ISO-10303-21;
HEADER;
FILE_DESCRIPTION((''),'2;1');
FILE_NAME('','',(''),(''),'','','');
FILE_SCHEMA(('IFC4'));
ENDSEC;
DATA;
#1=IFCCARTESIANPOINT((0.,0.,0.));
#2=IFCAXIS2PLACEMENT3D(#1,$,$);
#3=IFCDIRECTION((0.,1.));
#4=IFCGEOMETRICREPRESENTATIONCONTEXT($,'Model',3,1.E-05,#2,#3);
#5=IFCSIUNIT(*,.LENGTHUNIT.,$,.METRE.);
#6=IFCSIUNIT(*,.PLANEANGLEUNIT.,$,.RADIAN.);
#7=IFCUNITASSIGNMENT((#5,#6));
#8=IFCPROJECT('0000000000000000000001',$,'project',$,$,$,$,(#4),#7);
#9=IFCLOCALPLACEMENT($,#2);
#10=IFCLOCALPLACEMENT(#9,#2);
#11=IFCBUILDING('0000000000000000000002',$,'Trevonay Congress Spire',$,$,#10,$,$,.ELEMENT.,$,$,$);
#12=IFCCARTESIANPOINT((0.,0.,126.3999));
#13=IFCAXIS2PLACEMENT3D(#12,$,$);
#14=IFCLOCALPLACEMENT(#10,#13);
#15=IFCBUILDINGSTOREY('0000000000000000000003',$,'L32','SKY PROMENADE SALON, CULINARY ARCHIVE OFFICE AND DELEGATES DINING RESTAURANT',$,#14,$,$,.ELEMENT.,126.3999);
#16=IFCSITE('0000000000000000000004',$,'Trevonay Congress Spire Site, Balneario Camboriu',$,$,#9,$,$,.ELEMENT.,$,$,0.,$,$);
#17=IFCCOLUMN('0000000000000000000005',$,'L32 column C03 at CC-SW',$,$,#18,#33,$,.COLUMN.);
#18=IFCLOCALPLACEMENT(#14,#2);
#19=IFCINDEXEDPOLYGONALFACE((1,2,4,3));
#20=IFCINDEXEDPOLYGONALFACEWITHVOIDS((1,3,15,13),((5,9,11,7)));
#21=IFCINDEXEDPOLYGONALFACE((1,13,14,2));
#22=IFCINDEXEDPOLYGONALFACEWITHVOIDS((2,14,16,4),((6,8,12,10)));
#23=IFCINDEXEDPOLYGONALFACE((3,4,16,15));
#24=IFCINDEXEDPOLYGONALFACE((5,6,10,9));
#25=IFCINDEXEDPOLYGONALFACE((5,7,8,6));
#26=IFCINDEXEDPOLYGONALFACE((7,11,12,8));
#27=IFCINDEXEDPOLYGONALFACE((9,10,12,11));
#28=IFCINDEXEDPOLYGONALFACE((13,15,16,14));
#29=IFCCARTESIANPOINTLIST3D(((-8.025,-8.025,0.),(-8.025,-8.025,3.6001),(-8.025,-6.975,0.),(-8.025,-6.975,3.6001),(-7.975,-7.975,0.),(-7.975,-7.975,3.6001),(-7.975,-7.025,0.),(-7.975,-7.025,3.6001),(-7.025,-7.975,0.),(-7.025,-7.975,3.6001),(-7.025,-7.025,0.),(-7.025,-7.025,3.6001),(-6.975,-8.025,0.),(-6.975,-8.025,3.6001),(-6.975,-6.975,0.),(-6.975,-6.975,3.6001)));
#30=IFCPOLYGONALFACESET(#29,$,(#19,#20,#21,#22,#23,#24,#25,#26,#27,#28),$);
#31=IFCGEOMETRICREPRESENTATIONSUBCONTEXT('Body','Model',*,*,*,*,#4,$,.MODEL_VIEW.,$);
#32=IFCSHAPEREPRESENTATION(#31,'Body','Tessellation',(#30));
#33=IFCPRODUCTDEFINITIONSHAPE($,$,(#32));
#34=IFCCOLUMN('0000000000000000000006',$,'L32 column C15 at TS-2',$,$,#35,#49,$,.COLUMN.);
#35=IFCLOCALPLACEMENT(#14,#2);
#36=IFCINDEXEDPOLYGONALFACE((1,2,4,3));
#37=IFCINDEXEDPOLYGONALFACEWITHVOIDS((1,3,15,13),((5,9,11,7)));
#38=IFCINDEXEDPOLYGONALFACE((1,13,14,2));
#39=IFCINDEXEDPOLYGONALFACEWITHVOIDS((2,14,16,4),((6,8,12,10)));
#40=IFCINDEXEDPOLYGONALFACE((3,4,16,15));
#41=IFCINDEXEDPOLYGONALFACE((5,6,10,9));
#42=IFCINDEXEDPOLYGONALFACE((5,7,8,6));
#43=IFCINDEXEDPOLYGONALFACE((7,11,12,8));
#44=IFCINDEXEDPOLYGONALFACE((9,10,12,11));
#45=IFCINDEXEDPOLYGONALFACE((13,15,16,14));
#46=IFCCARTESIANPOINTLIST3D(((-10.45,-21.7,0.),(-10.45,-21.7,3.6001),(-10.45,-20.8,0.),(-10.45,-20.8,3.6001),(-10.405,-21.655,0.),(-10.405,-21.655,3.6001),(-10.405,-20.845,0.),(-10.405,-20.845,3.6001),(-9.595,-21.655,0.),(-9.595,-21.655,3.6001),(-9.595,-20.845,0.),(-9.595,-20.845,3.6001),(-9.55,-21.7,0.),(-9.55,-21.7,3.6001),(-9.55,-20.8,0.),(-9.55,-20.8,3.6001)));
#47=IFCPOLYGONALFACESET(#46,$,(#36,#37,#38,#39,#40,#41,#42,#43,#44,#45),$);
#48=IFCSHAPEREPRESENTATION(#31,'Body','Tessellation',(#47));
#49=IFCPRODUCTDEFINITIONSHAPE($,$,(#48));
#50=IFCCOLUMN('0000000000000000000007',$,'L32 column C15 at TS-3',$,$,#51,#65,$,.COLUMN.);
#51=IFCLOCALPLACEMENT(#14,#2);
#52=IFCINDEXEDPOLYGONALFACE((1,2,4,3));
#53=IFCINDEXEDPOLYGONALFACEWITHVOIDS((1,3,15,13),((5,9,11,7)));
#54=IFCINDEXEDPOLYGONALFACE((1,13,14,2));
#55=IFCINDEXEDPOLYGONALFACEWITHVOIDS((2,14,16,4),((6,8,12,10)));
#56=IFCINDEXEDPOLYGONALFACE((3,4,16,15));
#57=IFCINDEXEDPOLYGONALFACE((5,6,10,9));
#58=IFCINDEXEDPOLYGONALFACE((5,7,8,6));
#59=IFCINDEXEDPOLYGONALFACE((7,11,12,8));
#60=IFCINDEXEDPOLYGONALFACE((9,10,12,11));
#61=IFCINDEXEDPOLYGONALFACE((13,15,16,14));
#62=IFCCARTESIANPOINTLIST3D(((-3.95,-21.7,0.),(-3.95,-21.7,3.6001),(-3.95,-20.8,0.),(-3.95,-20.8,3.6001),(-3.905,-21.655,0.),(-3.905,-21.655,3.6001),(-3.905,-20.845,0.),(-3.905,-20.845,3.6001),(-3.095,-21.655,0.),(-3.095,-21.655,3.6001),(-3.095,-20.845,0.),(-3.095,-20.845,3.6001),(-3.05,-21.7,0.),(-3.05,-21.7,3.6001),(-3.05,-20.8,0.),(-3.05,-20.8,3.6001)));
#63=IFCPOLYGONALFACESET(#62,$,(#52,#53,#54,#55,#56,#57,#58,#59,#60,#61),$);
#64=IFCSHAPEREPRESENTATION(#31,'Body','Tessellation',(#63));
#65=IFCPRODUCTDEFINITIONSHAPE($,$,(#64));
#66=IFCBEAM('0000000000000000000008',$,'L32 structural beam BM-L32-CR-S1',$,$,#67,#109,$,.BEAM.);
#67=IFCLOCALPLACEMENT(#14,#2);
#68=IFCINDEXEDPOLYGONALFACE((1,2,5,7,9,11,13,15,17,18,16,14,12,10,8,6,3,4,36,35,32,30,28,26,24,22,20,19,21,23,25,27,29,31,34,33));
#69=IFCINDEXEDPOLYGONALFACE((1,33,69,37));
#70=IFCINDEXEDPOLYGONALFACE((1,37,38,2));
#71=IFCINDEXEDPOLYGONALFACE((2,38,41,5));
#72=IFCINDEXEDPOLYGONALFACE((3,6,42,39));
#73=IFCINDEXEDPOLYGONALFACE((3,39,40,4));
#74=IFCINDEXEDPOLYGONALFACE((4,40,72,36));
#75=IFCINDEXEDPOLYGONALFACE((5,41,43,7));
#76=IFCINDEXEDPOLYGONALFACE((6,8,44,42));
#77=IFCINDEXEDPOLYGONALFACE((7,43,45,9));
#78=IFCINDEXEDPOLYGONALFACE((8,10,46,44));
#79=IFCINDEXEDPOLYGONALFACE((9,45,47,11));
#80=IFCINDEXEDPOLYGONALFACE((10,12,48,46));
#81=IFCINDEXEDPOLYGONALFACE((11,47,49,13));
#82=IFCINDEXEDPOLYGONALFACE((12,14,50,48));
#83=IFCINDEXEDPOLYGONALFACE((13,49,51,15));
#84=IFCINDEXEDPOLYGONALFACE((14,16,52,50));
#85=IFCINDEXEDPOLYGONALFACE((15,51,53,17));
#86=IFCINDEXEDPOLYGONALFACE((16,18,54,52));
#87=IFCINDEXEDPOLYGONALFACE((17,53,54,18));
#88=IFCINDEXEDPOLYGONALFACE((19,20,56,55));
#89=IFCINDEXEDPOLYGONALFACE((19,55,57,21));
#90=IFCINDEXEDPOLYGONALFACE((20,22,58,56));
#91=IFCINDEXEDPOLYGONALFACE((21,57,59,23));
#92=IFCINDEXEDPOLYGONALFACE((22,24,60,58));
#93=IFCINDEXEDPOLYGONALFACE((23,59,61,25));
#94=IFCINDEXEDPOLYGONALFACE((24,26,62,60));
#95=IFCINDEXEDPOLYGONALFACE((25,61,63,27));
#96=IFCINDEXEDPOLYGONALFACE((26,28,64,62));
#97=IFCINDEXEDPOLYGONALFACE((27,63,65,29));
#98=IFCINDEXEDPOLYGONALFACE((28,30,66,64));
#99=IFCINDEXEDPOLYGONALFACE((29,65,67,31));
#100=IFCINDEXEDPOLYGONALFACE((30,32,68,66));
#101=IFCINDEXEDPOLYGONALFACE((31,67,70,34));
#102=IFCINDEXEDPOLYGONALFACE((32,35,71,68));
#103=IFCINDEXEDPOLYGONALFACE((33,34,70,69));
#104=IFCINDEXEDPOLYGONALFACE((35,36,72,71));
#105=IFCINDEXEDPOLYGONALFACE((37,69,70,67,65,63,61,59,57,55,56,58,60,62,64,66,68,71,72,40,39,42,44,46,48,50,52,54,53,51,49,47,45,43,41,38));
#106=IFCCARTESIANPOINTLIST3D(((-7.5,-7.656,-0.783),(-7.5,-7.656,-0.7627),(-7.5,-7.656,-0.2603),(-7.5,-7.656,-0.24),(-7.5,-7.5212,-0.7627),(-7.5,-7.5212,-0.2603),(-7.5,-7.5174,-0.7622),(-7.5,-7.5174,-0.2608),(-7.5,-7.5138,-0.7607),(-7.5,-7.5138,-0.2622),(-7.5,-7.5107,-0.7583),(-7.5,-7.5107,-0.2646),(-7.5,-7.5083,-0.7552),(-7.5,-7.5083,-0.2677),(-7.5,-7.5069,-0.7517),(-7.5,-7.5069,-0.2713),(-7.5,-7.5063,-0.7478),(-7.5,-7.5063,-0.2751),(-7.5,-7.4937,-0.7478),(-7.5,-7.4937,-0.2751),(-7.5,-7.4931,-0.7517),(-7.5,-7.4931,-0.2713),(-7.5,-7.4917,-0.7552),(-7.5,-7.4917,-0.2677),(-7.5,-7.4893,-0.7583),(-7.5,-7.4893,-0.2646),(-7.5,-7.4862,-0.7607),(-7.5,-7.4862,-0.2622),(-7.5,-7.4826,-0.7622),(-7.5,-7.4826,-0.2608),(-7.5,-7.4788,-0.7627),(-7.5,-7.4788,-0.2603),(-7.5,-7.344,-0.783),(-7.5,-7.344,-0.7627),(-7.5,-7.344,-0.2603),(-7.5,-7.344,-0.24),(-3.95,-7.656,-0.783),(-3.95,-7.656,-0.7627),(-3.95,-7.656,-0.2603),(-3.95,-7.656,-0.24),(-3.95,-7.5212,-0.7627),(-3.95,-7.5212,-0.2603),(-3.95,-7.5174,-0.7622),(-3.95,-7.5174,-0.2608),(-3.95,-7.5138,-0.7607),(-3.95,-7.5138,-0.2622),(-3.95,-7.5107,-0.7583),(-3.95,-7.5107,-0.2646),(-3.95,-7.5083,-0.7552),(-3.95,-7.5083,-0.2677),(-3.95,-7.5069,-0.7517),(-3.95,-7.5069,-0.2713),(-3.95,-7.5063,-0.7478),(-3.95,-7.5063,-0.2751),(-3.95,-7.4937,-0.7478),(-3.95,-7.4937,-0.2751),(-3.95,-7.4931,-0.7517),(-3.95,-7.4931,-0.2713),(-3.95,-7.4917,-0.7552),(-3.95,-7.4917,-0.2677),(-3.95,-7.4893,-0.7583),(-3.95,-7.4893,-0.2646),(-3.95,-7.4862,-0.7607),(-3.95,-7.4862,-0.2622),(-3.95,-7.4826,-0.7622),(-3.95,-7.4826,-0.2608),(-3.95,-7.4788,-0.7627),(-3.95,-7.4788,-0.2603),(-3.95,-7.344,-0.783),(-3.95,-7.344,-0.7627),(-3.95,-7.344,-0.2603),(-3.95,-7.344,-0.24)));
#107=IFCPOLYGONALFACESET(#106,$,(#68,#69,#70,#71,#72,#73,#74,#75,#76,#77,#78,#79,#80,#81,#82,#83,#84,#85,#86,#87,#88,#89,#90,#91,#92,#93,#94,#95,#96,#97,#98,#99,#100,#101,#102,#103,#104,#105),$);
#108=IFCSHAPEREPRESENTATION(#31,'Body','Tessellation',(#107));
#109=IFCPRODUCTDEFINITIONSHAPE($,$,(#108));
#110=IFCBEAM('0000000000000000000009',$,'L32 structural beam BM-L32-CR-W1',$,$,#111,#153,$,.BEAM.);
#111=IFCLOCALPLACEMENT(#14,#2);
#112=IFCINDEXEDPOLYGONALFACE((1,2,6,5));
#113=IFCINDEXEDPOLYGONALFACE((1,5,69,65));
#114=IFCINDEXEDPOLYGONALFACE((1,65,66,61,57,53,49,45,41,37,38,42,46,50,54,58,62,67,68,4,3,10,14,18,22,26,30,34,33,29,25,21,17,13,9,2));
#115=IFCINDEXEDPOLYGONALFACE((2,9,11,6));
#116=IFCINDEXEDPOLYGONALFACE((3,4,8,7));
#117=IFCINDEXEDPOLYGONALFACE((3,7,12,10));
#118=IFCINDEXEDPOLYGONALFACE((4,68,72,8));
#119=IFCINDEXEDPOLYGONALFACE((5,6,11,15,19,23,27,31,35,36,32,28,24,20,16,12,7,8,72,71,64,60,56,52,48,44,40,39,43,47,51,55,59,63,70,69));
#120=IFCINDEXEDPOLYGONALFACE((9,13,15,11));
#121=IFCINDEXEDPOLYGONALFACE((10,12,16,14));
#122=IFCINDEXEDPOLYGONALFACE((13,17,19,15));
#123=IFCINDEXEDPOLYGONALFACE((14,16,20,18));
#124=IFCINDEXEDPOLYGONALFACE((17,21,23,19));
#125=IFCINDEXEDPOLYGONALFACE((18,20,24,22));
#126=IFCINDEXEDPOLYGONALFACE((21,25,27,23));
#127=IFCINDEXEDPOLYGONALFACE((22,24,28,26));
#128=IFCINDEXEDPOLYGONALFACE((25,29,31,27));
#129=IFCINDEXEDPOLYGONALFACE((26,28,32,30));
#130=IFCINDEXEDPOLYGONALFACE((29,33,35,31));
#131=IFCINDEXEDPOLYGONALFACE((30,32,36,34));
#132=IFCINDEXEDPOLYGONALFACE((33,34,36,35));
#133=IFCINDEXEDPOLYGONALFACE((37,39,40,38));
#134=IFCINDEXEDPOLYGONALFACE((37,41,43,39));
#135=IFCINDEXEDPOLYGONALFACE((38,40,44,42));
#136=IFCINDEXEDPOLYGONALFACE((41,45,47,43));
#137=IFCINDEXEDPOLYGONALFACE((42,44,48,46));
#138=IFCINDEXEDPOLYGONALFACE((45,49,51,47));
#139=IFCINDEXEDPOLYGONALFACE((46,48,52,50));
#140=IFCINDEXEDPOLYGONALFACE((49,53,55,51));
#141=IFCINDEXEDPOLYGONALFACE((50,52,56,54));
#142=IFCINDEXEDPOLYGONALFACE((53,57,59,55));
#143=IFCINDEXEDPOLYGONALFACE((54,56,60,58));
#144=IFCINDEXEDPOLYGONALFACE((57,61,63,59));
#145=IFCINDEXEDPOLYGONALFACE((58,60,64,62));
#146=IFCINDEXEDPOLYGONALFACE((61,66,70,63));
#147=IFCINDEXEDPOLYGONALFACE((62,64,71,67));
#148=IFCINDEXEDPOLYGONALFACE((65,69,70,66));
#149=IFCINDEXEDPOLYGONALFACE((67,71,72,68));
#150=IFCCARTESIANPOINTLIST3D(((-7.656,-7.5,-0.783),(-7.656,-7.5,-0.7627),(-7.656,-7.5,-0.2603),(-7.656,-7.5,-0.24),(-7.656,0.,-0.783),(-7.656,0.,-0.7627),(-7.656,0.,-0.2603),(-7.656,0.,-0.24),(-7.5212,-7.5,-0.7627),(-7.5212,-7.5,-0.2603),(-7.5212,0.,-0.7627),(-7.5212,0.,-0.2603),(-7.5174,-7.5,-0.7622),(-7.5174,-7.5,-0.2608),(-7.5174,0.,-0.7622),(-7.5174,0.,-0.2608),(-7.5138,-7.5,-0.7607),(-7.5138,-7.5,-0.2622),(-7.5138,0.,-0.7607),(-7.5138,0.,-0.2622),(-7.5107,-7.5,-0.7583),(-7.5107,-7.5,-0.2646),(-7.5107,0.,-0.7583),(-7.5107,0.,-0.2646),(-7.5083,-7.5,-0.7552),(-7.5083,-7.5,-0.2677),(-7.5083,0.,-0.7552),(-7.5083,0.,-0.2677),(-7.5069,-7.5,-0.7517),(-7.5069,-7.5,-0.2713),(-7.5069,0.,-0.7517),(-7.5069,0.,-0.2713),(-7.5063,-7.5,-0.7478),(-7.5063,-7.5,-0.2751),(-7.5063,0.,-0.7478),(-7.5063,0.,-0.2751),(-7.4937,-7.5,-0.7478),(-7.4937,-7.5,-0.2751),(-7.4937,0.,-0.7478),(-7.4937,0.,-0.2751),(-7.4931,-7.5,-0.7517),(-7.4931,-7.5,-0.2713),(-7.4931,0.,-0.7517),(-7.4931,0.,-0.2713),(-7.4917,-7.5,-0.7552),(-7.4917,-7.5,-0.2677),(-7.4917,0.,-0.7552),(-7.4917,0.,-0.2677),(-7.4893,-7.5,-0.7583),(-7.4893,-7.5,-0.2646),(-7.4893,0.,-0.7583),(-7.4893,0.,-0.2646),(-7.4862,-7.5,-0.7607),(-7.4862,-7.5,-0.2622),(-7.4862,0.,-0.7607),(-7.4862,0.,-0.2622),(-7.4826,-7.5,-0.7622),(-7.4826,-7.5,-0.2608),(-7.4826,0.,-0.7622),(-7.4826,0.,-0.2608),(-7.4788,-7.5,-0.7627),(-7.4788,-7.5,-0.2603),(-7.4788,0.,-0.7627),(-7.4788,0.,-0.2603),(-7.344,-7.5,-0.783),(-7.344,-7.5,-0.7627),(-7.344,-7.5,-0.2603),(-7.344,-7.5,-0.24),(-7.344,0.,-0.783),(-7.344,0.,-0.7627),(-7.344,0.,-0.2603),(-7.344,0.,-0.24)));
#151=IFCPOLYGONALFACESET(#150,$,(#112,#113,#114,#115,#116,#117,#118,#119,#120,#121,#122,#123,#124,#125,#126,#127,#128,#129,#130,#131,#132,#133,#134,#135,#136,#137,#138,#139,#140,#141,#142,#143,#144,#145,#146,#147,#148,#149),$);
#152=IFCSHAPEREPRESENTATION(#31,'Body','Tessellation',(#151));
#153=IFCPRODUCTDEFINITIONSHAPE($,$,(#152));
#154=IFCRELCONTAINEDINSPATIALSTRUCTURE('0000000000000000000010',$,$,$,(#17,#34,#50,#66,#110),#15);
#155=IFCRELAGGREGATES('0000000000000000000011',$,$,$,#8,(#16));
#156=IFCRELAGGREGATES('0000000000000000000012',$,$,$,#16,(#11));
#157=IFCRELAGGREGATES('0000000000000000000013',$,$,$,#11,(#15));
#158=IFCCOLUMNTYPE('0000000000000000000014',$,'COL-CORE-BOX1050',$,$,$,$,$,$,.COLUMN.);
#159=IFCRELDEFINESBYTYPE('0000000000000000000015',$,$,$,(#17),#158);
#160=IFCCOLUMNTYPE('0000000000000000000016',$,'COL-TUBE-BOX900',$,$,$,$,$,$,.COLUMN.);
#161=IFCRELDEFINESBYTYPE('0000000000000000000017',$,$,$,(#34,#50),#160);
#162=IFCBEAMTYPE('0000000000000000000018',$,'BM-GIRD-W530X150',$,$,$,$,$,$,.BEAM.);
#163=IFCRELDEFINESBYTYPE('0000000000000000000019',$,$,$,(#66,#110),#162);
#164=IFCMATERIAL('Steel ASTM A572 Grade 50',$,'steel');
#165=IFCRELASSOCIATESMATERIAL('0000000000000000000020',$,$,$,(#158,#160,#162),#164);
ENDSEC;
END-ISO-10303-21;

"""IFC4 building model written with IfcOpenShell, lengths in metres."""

from ifc_helpers import new_model, si_unit, direction, frame, origin, origin_2d, place, context, subcontext, project, spatial, hollow_rectangle, i_section, extrude, material, material_profile, profile_set, type_object, element, save


model = new_model("IFC4")

# Units and contexts
model_context = context("Model", 3, precision=1e-05, world=origin(), true_north=direction((0.0, 1.0)))
body_context = subcontext(model_context, "Body", "Model", "MODEL_VIEW")
ifc_project = project(units=[si_unit("LENGTHUNIT", "METRE"), si_unit("PLANEANGLEUNIT", "RADIAN")], contexts=[model_context])

# Site, building, storey
site_placement = place(None, origin())
site = spatial("IfcSite", under=ifc_project, at=site_placement, Name="Trevonay Congress Spire Site, Balneario Camboriu", CompositionType="ELEMENT", RefElevation=0.0)
building_placement = place(site_placement, origin())
building = spatial("IfcBuilding", under=site, at=building_placement, Name="Trevonay Congress Spire", CompositionType="ELEMENT")
storey_placement = place(building_placement, frame((0.0, 0.0, 126.3999)))
storey = spatial("IfcBuildingStorey", under=building, at=storey_placement, Name="L32", Description="SKY PROMENADE SALON, CULINARY ARCHIVE OFFICE AND DELEGATES DINING RESTAURANT", CompositionType="ELEMENT", Elevation=126.3999)

# Columns
ifc_material_1 = material(Name="Steel ASTM A572 Grade 50", Category="steel")
ifc_material_profile_1 = material_profile(ifc_material_1, hollow_rectangle(XDim=1.05, YDim=1.05, WallThickness=0.05, at=origin_2d()), Name="BOX 1050x1050x50")
ifc_profile_set_1 = profile_set([ifc_material_profile_1], Name="Steel ASTM A572 Grade 50")
column_type_1 = type_object("IfcColumnType", Name="COL-CORE-BOX1050", PredefinedType="COLUMN", material=ifc_profile_set_1)
column_placement = place(storey_placement, frame((-7.5, -7.5, 0.0), z_axis=(0.0, 0.0, 1.0), x_axis=(1.0, 0.0, 0.0)))
element("IfcColumn", 1, at=column_placement, inside=storey, type_object=column_type_1, Name="L32 column C03 at CC-SW", PredefinedType="COLUMN", context=body_context, shape_type="SweptSolid", body=[
    extrude(hollow_rectangle(XDim=1.05, YDim=1.05, WallThickness=0.05, at=origin_2d()), origin(), (0.0, 0.0, 1.0), 3.6001),
])
ifc_material_profile_2 = material_profile(ifc_material_1, hollow_rectangle(XDim=0.8999, YDim=0.8999, WallThickness=0.0449, at=origin_2d()), Name="BOX 900x900x45")
ifc_profile_set_2 = profile_set([ifc_material_profile_2], Name="Steel ASTM A572 Grade 50")
column_type_2 = type_object("IfcColumnType", Name="COL-TUBE-BOX900", PredefinedType="COLUMN", material=ifc_profile_set_2)
for number, where, z_axis, x_axis, name in (
    (2, (-10.0, -21.25, 0.0), (0.0, 0.0, 1.0), (1.0, 0.0, 0.0), "L32 column C15 at TS-2"),
    (3, (-3.5, -21.25, 0.0), (0.0, 0.0, 1.0), (1.0, 0.0, 0.0), "L32 column C15 at TS-3"),
):
    element("IfcColumn", number, at=place(storey_placement, frame(where, z_axis=z_axis, x_axis=x_axis)), inside=storey, type_object=column_type_2, Name=name, PredefinedType="COLUMN", context=body_context, shape_type="SweptSolid", body=[
        extrude(hollow_rectangle(XDim=0.8999, YDim=0.8999, WallThickness=0.0449, at=origin_2d()), origin(), (0.0, 0.0, 1.0), 3.6001),
    ])

# Beams
ifc_material_profile_3 = material_profile(ifc_material_1, i_section(OverallWidth=0.312, OverallDepth=0.543, WebThickness=0.0127, FlangeThickness=0.0203, FilletRadius=0.0149, at=origin_2d()), Name="W530x150")
ifc_profile_set_3 = profile_set([ifc_material_profile_3], Name="Steel ASTM A572 Grade 50")
beam_type_1 = type_object("IfcBeamType", Name="BM-GIRD-W530X150", PredefinedType="BEAM", material=ifc_profile_set_3)
beam_1_placement = place(storey_placement, frame((-7.5, -7.5, -0.5115), z_axis=(1.0, 0.0, 0.0), x_axis=(0.0, 1.0, 0.0)))
element("IfcBeam", 4, at=beam_1_placement, inside=storey, type_object=beam_type_1, Name="L32 structural beam BM-L32-CR-S1", PredefinedType="BEAM", context=body_context, shape_type="SweptSolid", body=[
    extrude(i_section(OverallWidth=0.312, OverallDepth=0.543, WebThickness=0.0127, FlangeThickness=0.0203, FilletRadius=0.0149, at=origin_2d()), origin(), (0.0, 0.0, 1.0), 3.55),
])
beam_2_placement = place(storey_placement, frame((-7.5, -7.5, -0.5115), z_axis=(0.0, 1.0, 0.0), x_axis=(-1.0, 0.0, 0.0)))
element("IfcBeam", 5, at=beam_2_placement, inside=storey, type_object=beam_type_1, Name="L32 structural beam BM-L32-CR-W1", PredefinedType="BEAM", context=body_context, shape_type="SweptSolid", body=[
    extrude(i_section(OverallWidth=0.312, OverallDepth=0.543, WebThickness=0.0127, FlangeThickness=0.0203, FilletRadius=0.0149, at=origin_2d()), origin(), (0.0, 0.0, 1.0), 7.5),
])

save(model, "model.ifc")
